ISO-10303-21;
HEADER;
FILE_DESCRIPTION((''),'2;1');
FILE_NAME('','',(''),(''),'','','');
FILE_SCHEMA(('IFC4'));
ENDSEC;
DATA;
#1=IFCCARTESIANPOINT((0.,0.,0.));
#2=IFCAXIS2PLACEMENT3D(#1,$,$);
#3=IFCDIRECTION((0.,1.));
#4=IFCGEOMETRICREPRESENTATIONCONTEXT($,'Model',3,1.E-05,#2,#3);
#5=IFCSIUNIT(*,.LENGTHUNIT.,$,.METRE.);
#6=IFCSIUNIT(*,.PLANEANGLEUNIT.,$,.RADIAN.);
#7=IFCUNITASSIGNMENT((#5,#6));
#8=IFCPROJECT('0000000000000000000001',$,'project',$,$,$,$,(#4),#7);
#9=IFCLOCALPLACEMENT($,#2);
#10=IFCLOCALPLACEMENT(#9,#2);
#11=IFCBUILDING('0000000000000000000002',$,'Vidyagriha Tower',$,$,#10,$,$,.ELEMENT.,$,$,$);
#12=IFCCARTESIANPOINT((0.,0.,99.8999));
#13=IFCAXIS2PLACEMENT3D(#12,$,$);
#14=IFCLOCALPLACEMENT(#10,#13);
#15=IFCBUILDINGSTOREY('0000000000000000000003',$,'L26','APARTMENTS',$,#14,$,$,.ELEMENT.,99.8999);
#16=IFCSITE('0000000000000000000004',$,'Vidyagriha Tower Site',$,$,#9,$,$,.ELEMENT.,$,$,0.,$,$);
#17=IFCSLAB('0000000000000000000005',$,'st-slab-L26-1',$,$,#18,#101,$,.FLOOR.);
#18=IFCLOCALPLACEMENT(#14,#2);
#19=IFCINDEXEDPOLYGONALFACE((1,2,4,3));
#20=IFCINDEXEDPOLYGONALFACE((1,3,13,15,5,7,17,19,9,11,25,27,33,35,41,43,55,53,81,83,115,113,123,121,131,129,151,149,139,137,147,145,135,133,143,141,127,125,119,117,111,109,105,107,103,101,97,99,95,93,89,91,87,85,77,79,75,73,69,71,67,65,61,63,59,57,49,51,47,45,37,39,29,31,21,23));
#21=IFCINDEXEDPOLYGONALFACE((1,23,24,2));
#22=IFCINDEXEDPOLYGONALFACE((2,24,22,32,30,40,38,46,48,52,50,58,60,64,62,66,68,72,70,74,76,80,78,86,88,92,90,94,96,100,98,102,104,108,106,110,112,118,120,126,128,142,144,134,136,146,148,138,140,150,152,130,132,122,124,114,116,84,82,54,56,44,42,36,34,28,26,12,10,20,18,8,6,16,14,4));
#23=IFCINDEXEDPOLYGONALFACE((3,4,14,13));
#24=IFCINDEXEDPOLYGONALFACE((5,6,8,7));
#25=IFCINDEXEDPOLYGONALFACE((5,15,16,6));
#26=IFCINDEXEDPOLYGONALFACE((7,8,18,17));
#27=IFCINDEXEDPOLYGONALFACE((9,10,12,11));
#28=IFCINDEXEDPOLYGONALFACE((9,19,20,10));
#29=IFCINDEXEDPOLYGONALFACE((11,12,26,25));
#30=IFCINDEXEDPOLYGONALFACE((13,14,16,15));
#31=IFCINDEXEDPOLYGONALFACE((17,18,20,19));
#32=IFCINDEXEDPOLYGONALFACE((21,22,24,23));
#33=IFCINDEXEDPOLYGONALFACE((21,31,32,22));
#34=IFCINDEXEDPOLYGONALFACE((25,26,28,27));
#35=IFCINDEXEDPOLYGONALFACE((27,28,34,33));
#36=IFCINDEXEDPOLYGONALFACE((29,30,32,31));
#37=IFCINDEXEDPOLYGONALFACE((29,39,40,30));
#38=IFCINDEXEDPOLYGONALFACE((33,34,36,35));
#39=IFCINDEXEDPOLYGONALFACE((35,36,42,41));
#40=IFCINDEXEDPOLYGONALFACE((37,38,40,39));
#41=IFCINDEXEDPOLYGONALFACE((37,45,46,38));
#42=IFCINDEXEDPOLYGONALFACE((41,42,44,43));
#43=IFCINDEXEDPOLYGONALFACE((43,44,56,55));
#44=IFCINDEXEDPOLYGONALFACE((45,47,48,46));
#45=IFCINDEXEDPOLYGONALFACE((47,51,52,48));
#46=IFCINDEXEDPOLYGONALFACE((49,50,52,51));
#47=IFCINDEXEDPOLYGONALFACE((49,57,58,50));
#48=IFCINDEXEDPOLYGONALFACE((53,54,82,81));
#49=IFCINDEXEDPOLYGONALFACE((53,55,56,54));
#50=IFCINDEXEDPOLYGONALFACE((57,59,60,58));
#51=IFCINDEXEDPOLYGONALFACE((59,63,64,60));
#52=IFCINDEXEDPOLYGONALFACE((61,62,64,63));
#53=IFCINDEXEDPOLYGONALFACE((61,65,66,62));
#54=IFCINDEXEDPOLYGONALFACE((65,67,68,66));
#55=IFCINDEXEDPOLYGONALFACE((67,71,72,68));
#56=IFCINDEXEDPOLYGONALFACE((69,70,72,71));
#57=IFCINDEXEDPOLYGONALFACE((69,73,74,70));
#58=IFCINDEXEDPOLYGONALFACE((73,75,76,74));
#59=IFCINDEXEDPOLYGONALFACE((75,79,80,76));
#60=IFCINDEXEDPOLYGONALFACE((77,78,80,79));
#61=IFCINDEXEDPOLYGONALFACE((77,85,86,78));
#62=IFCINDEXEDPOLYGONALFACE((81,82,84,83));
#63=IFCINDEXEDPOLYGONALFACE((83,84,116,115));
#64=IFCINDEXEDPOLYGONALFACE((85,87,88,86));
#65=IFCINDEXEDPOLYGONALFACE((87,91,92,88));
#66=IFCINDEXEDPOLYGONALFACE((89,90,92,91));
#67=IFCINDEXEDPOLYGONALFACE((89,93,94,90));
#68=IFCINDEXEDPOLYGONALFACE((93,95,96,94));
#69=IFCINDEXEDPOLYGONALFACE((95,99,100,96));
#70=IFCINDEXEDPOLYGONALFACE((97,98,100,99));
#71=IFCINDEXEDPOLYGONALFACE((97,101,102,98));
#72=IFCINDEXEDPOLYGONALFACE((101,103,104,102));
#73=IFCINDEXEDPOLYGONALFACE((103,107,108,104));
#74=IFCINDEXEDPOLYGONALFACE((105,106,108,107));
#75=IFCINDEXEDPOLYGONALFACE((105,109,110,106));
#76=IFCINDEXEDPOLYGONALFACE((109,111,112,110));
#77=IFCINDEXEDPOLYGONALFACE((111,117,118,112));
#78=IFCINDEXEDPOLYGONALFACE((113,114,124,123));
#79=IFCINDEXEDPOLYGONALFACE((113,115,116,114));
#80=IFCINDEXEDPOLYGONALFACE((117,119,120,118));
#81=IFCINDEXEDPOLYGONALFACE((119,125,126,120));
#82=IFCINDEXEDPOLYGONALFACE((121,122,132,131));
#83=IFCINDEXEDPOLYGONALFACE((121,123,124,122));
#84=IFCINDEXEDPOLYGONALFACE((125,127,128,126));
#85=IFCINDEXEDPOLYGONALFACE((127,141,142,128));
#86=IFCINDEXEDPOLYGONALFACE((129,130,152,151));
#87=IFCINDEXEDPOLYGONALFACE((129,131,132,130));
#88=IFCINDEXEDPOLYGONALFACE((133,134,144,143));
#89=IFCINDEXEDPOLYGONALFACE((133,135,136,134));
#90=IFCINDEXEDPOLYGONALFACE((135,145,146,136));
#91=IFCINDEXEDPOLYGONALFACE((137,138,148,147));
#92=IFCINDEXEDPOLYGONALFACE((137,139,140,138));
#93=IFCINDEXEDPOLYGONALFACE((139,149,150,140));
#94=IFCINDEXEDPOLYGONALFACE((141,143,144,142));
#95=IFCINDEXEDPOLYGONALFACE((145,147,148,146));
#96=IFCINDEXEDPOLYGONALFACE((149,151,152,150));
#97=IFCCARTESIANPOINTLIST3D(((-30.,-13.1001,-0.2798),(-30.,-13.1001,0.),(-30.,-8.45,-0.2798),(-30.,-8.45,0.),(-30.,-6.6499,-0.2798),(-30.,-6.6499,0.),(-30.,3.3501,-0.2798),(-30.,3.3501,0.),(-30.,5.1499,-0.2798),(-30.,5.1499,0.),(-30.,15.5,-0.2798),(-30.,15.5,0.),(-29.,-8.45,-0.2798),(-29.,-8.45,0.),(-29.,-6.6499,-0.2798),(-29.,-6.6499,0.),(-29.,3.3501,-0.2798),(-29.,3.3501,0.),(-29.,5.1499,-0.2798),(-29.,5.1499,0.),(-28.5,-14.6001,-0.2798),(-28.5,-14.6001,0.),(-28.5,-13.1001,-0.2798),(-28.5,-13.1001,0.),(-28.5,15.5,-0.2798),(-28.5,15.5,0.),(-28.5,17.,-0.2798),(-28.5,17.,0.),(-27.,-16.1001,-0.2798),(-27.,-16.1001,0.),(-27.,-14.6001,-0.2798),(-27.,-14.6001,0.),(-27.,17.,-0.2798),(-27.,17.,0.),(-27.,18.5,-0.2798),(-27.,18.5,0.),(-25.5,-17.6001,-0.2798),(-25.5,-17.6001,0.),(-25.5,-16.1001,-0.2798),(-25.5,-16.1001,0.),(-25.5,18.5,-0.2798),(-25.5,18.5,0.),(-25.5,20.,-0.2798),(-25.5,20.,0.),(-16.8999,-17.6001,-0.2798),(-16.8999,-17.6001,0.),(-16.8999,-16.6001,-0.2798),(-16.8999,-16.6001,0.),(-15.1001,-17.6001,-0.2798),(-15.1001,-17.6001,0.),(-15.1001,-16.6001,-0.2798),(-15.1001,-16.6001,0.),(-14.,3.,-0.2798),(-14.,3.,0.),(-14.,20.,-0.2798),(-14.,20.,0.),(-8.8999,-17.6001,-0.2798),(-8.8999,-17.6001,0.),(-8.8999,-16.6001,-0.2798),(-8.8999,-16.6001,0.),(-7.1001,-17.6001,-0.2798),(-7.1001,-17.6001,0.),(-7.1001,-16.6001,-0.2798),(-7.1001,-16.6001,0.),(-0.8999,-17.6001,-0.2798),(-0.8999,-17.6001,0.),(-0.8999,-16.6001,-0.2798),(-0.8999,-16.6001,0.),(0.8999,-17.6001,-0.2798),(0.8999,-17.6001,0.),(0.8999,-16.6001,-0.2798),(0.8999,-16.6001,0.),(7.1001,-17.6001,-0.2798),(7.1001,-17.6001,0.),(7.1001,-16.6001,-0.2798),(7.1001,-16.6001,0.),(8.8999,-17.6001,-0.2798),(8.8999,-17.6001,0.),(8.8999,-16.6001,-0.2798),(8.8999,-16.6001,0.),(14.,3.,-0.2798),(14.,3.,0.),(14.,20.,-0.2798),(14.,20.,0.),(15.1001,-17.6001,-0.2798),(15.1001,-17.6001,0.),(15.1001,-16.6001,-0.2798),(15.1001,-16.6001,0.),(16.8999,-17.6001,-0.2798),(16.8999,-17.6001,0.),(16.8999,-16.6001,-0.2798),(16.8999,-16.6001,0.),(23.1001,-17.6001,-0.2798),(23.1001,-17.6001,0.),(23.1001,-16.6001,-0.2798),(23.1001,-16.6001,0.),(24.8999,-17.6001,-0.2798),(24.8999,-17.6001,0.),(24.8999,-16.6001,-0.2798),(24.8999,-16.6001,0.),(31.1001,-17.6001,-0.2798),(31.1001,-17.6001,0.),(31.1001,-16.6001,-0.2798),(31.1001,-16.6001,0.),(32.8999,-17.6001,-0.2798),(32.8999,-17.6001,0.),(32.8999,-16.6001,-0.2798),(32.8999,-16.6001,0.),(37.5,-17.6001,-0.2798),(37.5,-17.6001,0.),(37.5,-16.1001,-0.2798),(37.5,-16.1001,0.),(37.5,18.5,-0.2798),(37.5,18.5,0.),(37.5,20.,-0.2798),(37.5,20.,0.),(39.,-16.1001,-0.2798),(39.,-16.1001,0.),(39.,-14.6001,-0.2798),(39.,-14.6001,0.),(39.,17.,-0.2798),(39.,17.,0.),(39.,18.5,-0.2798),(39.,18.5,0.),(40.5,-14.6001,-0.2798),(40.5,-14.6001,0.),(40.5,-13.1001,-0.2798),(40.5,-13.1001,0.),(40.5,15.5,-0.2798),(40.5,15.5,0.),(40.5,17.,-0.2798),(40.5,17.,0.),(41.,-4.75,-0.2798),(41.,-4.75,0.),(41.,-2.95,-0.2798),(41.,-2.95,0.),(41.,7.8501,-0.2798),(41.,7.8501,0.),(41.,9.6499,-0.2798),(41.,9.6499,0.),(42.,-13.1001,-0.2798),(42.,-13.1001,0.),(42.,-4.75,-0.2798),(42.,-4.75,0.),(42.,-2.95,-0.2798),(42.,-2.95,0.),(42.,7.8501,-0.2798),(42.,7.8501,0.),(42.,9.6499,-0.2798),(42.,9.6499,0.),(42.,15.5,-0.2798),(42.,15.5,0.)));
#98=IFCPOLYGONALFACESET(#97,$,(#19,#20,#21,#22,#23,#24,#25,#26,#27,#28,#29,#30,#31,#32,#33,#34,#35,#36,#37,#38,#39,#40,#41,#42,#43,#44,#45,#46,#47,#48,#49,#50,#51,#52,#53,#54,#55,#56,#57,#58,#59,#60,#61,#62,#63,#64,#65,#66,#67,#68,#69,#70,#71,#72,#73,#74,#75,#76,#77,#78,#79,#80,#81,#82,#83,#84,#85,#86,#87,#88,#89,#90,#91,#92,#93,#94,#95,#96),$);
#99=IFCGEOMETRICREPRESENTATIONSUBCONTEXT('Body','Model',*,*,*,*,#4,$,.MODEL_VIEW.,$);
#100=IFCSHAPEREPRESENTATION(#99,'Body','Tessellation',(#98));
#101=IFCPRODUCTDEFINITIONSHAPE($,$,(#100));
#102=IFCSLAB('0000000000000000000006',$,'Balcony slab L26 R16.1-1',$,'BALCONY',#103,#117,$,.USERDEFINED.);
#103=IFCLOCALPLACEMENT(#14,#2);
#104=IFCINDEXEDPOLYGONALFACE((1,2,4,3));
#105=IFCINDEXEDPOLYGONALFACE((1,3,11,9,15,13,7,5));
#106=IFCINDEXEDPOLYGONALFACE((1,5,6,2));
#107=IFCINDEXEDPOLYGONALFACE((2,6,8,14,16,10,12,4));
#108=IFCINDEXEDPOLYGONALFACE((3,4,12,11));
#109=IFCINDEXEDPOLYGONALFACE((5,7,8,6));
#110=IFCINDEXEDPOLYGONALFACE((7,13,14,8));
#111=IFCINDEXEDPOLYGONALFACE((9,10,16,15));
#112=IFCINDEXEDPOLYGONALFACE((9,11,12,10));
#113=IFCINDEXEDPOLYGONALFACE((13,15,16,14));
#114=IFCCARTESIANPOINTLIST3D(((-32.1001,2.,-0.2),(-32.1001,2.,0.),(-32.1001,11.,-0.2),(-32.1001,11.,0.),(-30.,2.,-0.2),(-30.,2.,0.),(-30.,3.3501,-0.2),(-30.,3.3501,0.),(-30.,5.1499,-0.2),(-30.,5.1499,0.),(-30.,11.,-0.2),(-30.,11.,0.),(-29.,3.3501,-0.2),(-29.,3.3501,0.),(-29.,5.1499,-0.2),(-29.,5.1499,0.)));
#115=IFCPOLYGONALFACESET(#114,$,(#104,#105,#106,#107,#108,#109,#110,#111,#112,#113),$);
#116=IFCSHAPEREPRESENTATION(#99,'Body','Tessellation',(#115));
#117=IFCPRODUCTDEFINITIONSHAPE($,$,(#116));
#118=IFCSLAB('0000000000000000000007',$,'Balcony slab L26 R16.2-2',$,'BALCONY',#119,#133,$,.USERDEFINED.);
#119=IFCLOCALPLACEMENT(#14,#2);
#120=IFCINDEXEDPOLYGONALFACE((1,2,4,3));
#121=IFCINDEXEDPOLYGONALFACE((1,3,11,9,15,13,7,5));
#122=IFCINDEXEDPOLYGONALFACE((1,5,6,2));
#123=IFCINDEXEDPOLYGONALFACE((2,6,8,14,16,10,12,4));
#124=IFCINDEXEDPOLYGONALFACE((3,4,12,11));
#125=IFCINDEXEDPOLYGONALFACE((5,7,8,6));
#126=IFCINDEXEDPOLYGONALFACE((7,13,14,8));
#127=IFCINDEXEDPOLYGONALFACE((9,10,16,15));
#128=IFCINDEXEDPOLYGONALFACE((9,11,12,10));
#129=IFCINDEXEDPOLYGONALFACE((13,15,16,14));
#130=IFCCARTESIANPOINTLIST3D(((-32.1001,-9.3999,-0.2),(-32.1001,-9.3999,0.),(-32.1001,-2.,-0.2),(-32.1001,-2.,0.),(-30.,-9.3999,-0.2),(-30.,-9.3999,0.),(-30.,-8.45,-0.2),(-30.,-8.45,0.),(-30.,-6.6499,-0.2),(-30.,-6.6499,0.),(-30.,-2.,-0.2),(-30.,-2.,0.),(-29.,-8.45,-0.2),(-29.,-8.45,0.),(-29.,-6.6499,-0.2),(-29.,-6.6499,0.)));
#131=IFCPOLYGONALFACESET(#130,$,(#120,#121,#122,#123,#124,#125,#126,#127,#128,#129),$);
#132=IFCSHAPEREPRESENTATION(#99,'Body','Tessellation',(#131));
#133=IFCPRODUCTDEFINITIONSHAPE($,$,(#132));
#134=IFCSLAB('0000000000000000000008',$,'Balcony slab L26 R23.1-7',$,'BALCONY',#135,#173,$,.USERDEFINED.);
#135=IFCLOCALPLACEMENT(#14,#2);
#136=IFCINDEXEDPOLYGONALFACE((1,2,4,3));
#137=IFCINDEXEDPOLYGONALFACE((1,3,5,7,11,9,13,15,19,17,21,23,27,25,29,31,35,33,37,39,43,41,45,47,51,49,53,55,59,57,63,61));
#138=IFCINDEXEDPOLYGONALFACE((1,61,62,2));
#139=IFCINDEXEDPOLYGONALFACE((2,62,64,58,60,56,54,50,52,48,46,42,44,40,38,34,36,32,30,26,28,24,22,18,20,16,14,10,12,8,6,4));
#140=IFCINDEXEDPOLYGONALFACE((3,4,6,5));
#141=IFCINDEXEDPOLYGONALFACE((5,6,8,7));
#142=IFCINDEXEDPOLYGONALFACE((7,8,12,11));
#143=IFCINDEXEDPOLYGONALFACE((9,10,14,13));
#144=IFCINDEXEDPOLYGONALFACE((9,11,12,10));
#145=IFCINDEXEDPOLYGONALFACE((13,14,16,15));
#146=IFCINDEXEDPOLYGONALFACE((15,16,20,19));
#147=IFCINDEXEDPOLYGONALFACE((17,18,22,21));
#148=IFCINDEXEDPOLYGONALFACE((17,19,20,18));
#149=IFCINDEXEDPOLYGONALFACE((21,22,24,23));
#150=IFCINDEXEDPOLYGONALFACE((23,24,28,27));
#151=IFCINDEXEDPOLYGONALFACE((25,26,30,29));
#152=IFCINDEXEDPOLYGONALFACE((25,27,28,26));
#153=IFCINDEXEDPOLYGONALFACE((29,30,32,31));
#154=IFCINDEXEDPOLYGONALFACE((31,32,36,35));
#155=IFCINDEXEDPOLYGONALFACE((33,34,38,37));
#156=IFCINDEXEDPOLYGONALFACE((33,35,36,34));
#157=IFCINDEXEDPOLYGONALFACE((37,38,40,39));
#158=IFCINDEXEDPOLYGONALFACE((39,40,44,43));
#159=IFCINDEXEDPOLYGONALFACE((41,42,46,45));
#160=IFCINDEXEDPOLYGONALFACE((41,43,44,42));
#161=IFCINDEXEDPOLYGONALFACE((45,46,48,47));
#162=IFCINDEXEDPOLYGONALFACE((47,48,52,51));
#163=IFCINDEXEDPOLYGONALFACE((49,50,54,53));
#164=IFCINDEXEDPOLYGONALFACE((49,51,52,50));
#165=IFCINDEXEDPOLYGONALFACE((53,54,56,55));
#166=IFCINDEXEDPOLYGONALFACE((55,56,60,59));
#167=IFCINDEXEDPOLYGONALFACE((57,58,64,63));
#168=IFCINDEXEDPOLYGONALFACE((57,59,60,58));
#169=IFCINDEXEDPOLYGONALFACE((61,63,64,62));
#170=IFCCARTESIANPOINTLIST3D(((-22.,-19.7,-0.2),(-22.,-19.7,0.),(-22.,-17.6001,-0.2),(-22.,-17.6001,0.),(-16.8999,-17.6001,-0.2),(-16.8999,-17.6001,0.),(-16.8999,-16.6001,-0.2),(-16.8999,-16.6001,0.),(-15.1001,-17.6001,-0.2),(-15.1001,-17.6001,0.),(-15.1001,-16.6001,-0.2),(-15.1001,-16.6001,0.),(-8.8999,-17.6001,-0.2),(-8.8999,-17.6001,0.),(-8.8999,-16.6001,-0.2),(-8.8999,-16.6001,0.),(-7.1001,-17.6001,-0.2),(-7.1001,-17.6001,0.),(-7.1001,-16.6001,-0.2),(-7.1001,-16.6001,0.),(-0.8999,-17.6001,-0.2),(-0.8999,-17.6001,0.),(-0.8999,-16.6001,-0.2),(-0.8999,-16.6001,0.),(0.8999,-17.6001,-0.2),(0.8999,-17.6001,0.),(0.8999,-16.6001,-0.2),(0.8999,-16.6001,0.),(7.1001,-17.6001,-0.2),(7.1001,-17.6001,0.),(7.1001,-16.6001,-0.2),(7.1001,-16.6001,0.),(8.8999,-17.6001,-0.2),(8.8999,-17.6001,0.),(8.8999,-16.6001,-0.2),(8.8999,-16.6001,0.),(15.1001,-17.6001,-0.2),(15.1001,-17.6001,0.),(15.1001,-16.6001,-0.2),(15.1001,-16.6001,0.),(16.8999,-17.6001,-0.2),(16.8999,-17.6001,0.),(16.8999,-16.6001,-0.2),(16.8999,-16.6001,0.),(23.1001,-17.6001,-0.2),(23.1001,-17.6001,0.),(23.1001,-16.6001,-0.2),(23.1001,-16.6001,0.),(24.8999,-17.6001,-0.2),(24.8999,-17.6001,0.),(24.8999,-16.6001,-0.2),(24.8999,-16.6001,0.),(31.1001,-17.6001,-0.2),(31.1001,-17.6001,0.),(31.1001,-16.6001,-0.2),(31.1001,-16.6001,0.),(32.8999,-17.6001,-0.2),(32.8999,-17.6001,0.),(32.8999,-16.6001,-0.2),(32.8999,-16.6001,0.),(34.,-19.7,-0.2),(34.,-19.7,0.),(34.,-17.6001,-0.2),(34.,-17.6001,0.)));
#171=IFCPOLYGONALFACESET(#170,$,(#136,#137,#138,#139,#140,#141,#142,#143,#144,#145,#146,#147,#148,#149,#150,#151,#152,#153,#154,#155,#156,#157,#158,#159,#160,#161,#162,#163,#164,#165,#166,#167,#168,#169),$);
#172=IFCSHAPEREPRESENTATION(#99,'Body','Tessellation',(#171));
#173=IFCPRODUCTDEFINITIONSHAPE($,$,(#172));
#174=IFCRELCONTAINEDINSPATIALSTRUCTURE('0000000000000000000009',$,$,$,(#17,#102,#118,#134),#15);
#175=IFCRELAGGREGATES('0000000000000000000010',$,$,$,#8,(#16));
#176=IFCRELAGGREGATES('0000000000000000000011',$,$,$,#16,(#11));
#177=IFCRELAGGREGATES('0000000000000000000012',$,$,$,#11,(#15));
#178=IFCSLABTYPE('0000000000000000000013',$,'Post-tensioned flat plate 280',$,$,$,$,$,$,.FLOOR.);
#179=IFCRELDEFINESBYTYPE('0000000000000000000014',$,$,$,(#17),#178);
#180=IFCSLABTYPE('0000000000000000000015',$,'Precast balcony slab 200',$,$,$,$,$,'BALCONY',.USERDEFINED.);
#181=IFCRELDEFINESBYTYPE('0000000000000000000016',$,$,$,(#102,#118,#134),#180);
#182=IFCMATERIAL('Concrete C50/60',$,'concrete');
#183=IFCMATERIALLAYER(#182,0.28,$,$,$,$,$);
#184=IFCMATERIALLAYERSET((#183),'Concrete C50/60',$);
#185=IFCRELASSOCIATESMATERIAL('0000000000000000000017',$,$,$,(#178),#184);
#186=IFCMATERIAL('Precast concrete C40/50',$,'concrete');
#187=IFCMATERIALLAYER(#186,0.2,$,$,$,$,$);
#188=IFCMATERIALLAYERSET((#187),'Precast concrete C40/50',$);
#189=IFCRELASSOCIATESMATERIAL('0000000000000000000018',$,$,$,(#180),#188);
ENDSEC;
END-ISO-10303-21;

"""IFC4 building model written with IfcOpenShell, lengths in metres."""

from ifc_helpers import new_model, si_unit, direction, frame, origin, place, context, subcontext, project, spatial, polyline, outline, extrude, material, layer, layer_set, type_object, element, save


model = new_model("IFC4")

# Units and contexts
model_context = context("Model", 3, precision=1e-05, world=origin(), true_north=direction((0.0, 1.0)))
body_context = subcontext(model_context, "Body", "Model", "MODEL_VIEW")
ifc_project = project(units=[si_unit("LENGTHUNIT", "METRE"), si_unit("PLANEANGLEUNIT", "RADIAN")], contexts=[model_context])

# Site, building, storey
site_placement = place(None, origin())
site = spatial("IfcSite", under=ifc_project, at=site_placement, Name="Vidyagriha Tower Site", CompositionType="ELEMENT", RefElevation=0.0)
building_placement = place(site_placement, origin())
building = spatial("IfcBuilding", under=site, at=building_placement, Name="Vidyagriha Tower", CompositionType="ELEMENT")
storey_placement = place(building_placement, frame((0.0, 0.0, 99.8999)))
storey = spatial("IfcBuildingStorey", under=building, at=storey_placement, Name="L26", Description="APARTMENTS", CompositionType="ELEMENT", Elevation=99.8999)

# Slabs
ifc_material_1 = material(Name="Concrete C50/60", Category="concrete")
ifc_layer_1 = layer(ifc_material_1, 0.28)
ifc_layer_set_1 = layer_set([ifc_layer_1], Name="Concrete C50/60")
slab_type_1 = type_object("IfcSlabType", Name="Post-tensioned flat plate 280", PredefinedType="FLOOR", material=ifc_layer_set_1)
slab_1_placement = place(storey_placement, frame((0.0, 0.0, -0.2798)))
element("IfcSlab", 1, at=slab_1_placement, inside=storey, type_object=slab_type_1, Name="st-slab-L26-1", PredefinedType="FLOOR", context=body_context, shape_type="SweptSolid", body=[
    extrude(outline(polyline([(40.5, -14.6001), (39.0, -14.6001), (39.0, -16.1001), (37.5, -16.1001), (37.5, -17.6001), (32.8999, -17.6001), (32.8999, -16.6001), (31.1001, -16.6001), (31.1001, -17.6001), (24.8999, -17.6001), (24.8999, -16.6001), (23.1001, -16.6001), (23.1001, -17.6001), (16.8999, -17.6001), (16.8999, -16.6001), (15.1001, -16.6001), (15.1001, -17.6001), (8.8999, -17.6001), (8.8999, -16.6001), (7.1001, -16.6001), (7.1001, -17.6001), (0.8999, -17.6001), (0.8999, -16.6001), (-0.8999, -16.6001), (-0.8999, -17.6001), (-7.1001, -17.6001), (-7.1001, -16.6001), (-8.8999, -16.6001), (-8.8999, -17.6001), (-15.1001, -17.6001), (-15.1001, -16.6001), (-16.8999, -16.6001), (-16.8999, -17.6001), (-25.5, -17.6001), (-25.5, -16.1001), (-27.0, -16.1001), (-27.0, -14.6001), (-28.5, -14.6001), (-28.5, -13.1001), (-30.0, -13.1001), (-30.0, -8.45), (-29.0, -8.45), (-29.0, -6.6499), (-30.0, -6.6499), (-30.0, 3.3501), (-29.0, 3.3501), (-29.0, 5.1499), (-30.0, 5.1499), (-30.0, 15.5), (-28.5, 15.5), (-28.5, 17.0), (-27.0, 17.0), (-27.0, 18.5), (-25.5, 18.5), (-25.5, 20.0), (-14.0, 20.0), (-14.0, 3.0), (14.0, 3.0), (14.0, 20.0), (37.5, 20.0), (37.5, 18.5), (39.0, 18.5), (39.0, 17.0), (40.5, 17.0), (40.5, 15.5), (42.0, 15.5), (42.0, 9.6499), (41.0, 9.6499), (41.0, 7.8501), (42.0, 7.8501), (42.0, -2.95), (41.0, -2.95), (41.0, -4.75), (42.0, -4.75), (42.0, -13.1001), (40.5, -13.1001), (40.5, -14.6001)])), origin(), (0.0, 0.0, 1.0), 0.2798),
])
ifc_material_2 = material(Name="Precast concrete C40/50", Category="concrete")
ifc_layer_2 = layer(ifc_material_2, 0.2)
ifc_layer_set_2 = layer_set([ifc_layer_2], Name="Precast concrete C40/50")
slab_type_2 = type_object("IfcSlabType", Name="Precast balcony slab 200", ElementType="BALCONY", PredefinedType="USERDEFINED", material=ifc_layer_set_2)
slab_2_placement = place(storey_placement, frame((0.0, 0.0, -0.2)))
element("IfcSlab", 2, at=slab_2_placement, inside=storey, type_object=slab_type_2, Name="Balcony slab L26 R16.1-1", ObjectType="BALCONY", PredefinedType="USERDEFINED", context=body_context, shape_type="SweptSolid", body=[
    extrude(outline(polyline([(-29.0, 3.3501), (-29.0, 5.1499), (-30.0, 5.1499), (-30.0, 11.0), (-32.1001, 11.0), (-32.1001, 2.0), (-30.0, 2.0), (-30.0, 3.3501), (-29.0, 3.3501)])), origin(), (0.0, 0.0, 1.0), 0.2),
])
slab_3_placement = place(storey_placement, frame((0.0, 0.0, -0.2)))
element("IfcSlab", 3, at=slab_3_placement, inside=storey, type_object=slab_type_2, Name="Balcony slab L26 R16.2-2", ObjectType="BALCONY", PredefinedType="USERDEFINED", context=body_context, shape_type="SweptSolid", body=[
    extrude(outline(polyline([(-29.0, -8.45), (-29.0, -6.6499), (-30.0, -6.6499), (-30.0, -2.0), (-32.1001, -2.0), (-32.1001, -9.3999), (-30.0, -9.3999), (-30.0, -8.45), (-29.0, -8.45)])), origin(), (0.0, 0.0, 1.0), 0.2),
])
slab_4_placement = place(storey_placement, frame((0.0, 0.0, -0.2)))
element("IfcSlab", 4, at=slab_4_placement, inside=storey, type_object=slab_type_2, Name="Balcony slab L26 R23.1-7", ObjectType="BALCONY", PredefinedType="USERDEFINED", context=body_context, shape_type="SweptSolid", body=[
    extrude(outline(polyline([(-15.1001, -16.6001), (-16.8999, -16.6001), (-16.8999, -17.6001), (-22.0, -17.6001), (-22.0, -19.7), (34.0, -19.7), (34.0, -17.6001), (32.8999, -17.6001), (32.8999, -16.6001), (31.1001, -16.6001), (31.1001, -17.6001), (24.8999, -17.6001), (24.8999, -16.6001), (23.1001, -16.6001), (23.1001, -17.6001), (16.8999, -17.6001), (16.8999, -16.6001), (15.1001, -16.6001), (15.1001, -17.6001), (8.8999, -17.6001), (8.8999, -16.6001), (7.1001, -16.6001), (7.1001, -17.6001), (0.8999, -17.6001), (0.8999, -16.6001), (-0.8999, -16.6001), (-0.8999, -17.6001), (-7.1001, -17.6001), (-7.1001, -16.6001), (-8.8999, -16.6001), (-8.8999, -17.6001), (-15.1001, -17.6001), (-15.1001, -16.6001)])), origin(), (0.0, 0.0, 1.0), 0.2),
])

save(model, "model.ifc")
